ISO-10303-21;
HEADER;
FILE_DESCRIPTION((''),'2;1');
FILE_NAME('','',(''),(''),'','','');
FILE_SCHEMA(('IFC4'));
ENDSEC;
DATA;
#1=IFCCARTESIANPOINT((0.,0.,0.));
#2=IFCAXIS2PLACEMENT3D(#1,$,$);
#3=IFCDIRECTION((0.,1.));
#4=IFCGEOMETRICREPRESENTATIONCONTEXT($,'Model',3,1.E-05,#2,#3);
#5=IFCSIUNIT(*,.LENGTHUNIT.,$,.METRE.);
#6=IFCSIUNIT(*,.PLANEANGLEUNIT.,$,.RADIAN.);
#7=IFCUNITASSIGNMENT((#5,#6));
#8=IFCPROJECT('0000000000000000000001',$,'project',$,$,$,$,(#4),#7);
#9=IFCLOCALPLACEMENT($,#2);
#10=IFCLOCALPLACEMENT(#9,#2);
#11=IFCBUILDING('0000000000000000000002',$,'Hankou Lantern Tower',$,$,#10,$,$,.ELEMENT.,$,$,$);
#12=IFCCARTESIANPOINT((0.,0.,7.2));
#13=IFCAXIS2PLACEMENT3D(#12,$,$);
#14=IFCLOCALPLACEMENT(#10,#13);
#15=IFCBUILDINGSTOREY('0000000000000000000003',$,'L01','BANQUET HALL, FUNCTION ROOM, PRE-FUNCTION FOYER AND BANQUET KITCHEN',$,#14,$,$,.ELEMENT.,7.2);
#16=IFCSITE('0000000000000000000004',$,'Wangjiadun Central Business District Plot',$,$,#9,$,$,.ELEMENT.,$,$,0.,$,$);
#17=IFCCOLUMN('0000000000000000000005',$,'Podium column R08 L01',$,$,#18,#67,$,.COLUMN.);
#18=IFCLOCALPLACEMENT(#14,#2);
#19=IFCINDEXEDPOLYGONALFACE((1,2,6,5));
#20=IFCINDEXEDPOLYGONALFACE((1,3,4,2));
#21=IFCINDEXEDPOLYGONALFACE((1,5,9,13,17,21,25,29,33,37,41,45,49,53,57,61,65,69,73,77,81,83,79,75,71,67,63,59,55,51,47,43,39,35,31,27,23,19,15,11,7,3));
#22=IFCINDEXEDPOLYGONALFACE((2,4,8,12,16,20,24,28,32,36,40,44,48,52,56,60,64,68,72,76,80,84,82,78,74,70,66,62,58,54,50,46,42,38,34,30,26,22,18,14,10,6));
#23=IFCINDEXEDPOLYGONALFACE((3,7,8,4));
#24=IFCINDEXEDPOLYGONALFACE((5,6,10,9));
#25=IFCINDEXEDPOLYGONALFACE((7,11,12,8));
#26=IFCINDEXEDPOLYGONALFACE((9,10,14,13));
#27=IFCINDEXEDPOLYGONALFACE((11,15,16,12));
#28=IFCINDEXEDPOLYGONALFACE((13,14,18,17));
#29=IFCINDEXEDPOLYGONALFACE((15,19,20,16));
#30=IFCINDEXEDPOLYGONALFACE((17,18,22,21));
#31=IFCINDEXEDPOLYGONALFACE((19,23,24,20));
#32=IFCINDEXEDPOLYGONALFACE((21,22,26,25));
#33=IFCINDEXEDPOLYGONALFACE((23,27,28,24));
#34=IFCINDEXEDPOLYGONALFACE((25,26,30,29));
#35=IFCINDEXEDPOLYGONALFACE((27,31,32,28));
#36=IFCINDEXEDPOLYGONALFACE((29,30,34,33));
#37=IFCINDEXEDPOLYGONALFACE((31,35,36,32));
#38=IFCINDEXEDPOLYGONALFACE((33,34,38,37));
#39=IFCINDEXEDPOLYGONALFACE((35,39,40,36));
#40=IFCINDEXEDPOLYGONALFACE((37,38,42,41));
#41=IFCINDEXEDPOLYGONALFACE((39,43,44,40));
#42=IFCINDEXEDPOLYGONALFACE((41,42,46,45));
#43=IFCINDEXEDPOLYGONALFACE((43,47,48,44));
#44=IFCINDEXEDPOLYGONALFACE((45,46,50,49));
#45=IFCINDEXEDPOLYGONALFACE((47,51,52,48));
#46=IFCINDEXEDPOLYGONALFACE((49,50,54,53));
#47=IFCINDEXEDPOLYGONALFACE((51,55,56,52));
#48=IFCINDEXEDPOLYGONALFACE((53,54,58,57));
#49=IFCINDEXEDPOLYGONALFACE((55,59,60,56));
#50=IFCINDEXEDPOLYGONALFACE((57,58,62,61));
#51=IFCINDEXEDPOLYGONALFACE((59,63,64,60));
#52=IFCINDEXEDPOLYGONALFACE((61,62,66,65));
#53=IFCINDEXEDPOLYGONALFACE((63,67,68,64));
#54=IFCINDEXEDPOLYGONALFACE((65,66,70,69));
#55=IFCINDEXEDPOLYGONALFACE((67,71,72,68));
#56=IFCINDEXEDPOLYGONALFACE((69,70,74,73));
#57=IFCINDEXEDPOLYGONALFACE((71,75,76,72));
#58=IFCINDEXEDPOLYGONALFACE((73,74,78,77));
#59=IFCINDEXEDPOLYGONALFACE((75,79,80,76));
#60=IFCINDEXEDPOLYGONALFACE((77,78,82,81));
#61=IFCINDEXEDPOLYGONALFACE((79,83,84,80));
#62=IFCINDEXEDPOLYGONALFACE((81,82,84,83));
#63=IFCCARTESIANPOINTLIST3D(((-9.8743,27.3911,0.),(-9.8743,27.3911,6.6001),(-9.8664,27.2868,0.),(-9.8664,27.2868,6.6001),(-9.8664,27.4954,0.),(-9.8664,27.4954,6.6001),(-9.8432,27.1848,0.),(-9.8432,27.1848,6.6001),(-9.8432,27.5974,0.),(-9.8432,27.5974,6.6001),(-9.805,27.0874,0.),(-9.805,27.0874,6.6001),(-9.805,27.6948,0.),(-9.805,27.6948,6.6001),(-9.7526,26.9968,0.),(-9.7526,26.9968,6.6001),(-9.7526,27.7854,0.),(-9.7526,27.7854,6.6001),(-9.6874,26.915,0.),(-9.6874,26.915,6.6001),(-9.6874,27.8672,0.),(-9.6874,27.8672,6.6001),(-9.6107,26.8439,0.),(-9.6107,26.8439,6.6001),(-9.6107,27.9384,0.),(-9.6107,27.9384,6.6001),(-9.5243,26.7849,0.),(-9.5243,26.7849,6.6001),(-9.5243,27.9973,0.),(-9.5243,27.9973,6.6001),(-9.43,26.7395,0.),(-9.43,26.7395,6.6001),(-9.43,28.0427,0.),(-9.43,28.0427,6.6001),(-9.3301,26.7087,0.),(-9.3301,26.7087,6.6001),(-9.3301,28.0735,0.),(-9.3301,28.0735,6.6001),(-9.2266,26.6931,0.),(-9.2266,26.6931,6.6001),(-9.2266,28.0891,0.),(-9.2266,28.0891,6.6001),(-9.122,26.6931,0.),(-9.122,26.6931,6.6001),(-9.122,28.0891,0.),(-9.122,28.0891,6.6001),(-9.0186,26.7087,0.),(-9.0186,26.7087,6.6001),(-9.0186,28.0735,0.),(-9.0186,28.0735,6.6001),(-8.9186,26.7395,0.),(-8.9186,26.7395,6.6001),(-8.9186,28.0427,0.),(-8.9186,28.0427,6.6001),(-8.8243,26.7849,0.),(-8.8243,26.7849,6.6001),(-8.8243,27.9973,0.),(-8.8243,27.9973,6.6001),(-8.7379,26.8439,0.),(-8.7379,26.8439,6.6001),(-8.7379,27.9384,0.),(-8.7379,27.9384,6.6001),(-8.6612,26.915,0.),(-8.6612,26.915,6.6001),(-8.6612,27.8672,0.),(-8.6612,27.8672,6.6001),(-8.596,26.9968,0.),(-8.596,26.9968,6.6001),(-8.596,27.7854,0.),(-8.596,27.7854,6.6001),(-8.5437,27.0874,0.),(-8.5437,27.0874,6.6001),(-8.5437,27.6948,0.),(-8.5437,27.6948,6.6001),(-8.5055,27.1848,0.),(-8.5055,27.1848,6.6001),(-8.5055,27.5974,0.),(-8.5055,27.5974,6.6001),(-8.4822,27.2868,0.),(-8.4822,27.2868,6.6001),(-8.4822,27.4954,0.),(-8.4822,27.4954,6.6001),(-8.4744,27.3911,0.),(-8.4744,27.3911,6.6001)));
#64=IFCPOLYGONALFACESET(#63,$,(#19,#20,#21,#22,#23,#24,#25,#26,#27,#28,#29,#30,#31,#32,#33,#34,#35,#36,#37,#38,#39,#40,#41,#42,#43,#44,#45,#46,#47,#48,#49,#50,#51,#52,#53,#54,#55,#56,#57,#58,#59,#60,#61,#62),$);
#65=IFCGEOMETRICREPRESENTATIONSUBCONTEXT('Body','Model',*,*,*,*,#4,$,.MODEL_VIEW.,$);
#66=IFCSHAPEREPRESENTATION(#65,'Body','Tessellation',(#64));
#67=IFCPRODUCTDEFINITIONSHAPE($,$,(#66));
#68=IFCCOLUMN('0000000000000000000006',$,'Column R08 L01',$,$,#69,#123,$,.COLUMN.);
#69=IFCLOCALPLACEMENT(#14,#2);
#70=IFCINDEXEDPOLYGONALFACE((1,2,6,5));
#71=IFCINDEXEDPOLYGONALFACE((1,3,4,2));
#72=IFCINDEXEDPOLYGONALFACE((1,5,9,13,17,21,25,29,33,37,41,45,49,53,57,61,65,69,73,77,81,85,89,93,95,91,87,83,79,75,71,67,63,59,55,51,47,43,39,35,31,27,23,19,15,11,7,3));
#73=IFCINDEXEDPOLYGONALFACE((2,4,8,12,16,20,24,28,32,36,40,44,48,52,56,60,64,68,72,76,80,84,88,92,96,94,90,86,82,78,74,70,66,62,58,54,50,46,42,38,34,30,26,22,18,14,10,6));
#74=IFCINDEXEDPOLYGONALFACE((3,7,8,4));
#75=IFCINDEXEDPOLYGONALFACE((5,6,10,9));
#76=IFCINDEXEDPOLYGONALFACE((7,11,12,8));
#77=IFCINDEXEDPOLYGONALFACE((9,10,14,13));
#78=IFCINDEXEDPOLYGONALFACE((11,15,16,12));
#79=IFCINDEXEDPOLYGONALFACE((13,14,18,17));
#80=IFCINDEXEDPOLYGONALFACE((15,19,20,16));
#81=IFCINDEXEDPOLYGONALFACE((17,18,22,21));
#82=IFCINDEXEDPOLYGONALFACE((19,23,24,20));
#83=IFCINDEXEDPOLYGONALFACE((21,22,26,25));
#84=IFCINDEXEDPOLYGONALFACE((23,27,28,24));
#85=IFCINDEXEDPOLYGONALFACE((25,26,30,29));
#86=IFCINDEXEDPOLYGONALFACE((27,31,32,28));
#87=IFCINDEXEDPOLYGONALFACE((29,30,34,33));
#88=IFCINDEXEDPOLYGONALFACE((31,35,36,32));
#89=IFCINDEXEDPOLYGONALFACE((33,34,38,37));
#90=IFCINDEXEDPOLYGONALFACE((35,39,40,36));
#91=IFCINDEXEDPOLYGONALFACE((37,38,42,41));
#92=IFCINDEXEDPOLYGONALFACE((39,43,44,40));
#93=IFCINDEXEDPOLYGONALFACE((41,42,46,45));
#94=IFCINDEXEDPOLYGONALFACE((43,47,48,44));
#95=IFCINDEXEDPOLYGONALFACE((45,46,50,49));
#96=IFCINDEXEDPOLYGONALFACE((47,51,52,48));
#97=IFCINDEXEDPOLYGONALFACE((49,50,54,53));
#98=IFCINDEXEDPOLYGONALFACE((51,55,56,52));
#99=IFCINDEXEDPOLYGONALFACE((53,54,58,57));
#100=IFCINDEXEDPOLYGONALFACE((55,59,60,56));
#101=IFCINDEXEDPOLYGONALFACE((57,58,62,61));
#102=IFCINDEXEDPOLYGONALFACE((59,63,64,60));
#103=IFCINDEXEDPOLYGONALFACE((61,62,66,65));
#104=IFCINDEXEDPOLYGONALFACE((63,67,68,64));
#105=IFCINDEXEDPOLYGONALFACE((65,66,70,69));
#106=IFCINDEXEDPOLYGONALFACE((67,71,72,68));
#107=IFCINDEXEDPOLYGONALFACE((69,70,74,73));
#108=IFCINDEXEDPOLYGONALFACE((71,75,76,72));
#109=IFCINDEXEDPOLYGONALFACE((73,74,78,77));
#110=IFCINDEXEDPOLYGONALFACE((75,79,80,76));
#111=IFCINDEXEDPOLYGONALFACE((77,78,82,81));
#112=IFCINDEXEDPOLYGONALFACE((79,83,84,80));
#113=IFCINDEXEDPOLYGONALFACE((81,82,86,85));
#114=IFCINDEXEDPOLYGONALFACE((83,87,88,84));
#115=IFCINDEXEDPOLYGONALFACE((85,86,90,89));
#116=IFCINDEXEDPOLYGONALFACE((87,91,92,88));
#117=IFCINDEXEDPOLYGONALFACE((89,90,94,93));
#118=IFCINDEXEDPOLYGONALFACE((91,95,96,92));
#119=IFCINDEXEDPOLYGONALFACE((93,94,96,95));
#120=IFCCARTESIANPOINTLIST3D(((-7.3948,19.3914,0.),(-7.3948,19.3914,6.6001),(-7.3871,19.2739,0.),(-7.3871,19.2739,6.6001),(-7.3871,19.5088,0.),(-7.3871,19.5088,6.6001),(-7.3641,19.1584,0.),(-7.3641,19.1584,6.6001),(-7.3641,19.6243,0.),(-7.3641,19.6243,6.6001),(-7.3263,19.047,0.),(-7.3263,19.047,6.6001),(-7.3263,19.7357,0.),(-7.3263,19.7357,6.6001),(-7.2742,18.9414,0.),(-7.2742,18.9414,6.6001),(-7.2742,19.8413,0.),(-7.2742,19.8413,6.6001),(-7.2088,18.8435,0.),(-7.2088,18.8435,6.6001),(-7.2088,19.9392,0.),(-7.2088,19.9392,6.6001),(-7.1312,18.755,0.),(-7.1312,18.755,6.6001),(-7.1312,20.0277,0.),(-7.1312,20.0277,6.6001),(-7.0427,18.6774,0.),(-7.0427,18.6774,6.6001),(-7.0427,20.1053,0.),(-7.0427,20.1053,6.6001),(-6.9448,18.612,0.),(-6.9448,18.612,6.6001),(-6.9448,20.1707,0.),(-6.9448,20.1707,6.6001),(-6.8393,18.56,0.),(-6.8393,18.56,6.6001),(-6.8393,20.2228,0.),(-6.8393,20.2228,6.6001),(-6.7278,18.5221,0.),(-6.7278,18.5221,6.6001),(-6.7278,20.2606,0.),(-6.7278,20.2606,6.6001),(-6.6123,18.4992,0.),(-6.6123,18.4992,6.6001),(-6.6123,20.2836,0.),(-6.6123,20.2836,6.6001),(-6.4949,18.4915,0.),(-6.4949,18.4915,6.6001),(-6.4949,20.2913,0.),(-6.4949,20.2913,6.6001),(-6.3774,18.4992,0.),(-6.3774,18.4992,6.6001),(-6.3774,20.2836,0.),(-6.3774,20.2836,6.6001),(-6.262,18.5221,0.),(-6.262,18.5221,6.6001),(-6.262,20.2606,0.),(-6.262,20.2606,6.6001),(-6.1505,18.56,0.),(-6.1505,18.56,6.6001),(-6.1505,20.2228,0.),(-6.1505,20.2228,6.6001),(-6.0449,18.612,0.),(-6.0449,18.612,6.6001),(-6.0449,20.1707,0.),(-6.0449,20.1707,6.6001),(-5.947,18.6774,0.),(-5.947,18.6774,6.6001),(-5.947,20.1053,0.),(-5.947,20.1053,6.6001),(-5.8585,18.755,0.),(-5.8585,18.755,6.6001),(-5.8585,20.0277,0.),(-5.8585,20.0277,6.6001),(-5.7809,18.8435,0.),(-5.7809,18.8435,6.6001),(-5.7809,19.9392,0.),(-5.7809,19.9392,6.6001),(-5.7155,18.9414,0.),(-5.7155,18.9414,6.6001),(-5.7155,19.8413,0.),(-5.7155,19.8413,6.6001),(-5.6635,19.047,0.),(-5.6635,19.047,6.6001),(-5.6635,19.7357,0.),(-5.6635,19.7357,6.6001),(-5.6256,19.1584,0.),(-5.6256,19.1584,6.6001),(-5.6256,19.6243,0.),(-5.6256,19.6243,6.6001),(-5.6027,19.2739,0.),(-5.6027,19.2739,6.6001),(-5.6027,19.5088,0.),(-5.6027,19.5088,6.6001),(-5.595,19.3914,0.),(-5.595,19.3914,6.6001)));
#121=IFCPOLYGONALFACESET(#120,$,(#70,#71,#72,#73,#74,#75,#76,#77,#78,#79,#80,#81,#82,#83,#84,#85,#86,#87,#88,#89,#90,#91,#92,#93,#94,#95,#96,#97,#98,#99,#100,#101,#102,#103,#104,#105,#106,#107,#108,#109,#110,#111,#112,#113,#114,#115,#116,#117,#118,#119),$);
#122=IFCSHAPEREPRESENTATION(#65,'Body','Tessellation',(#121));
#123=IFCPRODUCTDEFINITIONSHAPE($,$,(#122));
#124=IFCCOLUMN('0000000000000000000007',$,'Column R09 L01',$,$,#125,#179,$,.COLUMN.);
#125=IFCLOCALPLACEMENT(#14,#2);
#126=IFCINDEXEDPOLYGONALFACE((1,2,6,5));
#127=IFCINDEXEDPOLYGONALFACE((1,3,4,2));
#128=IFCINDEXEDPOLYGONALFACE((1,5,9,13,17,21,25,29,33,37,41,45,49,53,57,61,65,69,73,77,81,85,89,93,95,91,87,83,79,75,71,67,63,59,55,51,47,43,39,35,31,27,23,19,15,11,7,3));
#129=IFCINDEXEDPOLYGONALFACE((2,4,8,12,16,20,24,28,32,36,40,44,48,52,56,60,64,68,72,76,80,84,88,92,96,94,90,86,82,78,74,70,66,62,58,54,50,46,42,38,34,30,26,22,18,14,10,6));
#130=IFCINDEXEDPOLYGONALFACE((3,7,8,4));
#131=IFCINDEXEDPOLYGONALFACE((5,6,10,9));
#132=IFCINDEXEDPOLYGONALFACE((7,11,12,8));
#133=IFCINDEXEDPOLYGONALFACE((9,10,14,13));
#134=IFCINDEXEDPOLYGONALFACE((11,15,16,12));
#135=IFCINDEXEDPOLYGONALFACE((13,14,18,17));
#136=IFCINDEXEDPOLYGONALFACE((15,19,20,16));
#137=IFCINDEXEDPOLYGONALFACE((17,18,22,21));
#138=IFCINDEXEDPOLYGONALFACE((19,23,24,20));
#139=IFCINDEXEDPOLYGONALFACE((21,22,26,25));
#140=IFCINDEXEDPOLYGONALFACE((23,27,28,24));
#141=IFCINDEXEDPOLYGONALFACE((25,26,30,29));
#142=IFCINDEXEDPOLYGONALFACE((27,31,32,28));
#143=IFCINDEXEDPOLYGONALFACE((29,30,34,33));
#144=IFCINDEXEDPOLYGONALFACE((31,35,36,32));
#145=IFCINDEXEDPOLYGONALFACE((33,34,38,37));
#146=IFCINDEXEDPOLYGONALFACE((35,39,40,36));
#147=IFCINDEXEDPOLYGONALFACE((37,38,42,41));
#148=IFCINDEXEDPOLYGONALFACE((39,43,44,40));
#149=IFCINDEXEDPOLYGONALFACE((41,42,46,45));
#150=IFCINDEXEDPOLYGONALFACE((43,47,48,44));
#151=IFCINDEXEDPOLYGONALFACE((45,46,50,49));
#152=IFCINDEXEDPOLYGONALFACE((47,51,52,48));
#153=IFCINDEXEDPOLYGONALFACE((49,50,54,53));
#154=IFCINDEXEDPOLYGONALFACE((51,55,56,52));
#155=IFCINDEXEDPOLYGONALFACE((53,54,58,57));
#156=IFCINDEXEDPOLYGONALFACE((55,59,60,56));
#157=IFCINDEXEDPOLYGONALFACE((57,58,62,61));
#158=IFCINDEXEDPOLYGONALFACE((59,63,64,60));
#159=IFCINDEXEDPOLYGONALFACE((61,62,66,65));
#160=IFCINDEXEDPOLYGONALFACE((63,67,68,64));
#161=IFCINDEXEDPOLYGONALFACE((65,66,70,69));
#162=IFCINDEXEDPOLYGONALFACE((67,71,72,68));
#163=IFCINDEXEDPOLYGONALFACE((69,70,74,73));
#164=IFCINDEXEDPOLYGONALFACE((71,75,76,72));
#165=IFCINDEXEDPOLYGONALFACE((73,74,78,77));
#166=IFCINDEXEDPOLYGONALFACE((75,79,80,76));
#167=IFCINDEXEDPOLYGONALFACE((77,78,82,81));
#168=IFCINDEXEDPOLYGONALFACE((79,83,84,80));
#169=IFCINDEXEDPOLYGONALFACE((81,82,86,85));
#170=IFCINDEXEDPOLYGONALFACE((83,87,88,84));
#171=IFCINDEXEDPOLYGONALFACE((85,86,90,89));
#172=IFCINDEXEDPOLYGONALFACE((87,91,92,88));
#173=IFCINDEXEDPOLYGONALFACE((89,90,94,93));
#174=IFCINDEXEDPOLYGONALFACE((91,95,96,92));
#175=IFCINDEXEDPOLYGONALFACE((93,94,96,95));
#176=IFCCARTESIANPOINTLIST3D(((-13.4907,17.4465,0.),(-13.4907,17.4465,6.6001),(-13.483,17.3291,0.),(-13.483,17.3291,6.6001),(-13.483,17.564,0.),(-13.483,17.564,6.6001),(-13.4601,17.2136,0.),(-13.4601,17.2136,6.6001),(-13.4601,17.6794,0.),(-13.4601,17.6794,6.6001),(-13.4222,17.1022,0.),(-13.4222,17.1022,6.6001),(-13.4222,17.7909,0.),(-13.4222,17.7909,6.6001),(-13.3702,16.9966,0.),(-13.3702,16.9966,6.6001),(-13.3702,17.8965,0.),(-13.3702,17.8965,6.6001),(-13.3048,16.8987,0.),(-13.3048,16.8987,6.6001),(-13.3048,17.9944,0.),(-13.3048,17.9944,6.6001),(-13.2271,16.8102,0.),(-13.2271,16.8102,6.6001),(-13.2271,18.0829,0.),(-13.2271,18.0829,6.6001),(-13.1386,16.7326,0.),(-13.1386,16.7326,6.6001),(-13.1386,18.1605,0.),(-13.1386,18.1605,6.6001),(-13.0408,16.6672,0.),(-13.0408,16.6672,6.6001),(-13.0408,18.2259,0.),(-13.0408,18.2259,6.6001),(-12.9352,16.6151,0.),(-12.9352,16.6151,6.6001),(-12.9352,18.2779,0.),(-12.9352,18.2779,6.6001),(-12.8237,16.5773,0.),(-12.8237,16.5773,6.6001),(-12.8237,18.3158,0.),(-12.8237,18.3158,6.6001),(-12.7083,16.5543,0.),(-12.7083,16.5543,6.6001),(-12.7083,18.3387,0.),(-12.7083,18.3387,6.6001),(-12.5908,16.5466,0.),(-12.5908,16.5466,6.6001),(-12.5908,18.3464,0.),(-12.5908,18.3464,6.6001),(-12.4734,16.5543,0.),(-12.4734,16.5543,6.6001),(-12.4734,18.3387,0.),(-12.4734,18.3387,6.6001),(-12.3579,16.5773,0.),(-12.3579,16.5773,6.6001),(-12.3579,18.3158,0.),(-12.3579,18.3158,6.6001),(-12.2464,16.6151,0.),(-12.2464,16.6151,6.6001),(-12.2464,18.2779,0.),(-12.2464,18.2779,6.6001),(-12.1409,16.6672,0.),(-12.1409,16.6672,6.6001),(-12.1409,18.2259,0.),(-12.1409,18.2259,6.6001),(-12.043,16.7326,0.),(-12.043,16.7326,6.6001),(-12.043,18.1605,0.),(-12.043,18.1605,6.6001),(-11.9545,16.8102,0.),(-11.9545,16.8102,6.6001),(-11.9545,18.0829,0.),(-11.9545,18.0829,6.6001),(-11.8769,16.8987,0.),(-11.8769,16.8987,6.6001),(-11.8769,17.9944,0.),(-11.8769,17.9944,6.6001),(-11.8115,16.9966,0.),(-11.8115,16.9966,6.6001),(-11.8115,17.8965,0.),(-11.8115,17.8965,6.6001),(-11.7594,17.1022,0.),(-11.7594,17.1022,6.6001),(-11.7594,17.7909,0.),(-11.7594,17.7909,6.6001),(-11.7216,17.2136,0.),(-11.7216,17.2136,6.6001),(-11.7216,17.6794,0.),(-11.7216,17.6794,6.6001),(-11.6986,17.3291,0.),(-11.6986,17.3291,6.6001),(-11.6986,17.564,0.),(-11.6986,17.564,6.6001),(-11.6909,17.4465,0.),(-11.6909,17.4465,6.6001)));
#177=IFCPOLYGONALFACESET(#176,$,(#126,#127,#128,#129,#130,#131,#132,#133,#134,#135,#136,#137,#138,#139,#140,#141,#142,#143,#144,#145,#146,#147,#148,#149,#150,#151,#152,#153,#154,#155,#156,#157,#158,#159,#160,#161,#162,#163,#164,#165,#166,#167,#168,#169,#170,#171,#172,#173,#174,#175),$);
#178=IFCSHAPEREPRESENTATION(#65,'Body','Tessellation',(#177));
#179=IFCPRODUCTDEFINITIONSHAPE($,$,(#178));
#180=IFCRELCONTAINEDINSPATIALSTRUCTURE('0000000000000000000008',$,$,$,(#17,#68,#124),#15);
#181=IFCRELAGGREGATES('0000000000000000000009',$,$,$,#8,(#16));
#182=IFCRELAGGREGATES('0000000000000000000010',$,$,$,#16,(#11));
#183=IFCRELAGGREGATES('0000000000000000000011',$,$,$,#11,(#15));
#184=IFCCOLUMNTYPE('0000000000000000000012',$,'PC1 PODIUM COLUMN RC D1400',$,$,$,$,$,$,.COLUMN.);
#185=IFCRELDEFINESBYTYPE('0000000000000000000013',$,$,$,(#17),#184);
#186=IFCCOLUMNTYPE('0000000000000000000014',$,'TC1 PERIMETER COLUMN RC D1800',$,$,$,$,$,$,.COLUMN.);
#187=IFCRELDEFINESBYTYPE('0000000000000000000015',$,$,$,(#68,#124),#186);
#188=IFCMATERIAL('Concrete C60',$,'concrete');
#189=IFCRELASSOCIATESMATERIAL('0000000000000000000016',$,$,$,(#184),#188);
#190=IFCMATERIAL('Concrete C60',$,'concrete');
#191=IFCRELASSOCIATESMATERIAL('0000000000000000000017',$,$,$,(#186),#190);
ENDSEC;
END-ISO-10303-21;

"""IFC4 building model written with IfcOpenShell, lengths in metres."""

from ifc_helpers import new_model, si_unit, direction, frame, origin, origin_2d, place, context, subcontext, project, spatial, circle, extrude, material, material_profile, profile_set, type_object, element, save


model = new_model("IFC4")

# Units and contexts
model_context = context("Model", 3, precision=1e-05, world=origin(), true_north=direction((0.0, 1.0)))
body_context = subcontext(model_context, "Body", "Model", "MODEL_VIEW")
ifc_project = project(units=[si_unit("LENGTHUNIT", "METRE"), si_unit("PLANEANGLEUNIT", "RADIAN")], contexts=[model_context])

# Site, building, storey
site_placement = place(None, origin())
site = spatial("IfcSite", under=ifc_project, at=site_placement, Name="Wangjiadun Central Business District Plot", CompositionType="ELEMENT", RefElevation=0.0)
building_placement = place(site_placement, origin())
building = spatial("IfcBuilding", under=site, at=building_placement, Name="Hankou Lantern Tower", CompositionType="ELEMENT")
storey_placement = place(building_placement, frame((0.0, 0.0, 7.2)))
storey = spatial("IfcBuildingStorey", under=building, at=storey_placement, Name="L01", Description="BANQUET HALL, FUNCTION ROOM, PRE-FUNCTION FOYER AND BANQUET KITCHEN", CompositionType="ELEMENT", Elevation=7.2)

# Columns
ifc_material_1 = material(Name="Concrete C60", Category="concrete")
ifc_material_profile_1 = material_profile(ifc_material_1, circle(Radius=0.7, at=origin_2d()), Name="RC D1400")
ifc_profile_set_1 = profile_set([ifc_material_profile_1], Name="Concrete C60")
column_type_1 = type_object("IfcColumnType", Name="PC1 PODIUM COLUMN RC D1400", PredefinedType="COLUMN", material=ifc_profile_set_1)
column_placement = place(storey_placement, frame((-9.1743, 27.3911, 0.0), z_axis=(0.0, 0.0, 1.0), x_axis=(1.0, 0.0, 0.0)))
element("IfcColumn", 1, at=column_placement, inside=storey, type_object=column_type_1, Name="Podium column R08 L01", PredefinedType="COLUMN", context=body_context, shape_type="SweptSolid", body=[
    extrude(circle(Radius=0.7, at=origin_2d()), origin(), (0.0, 0.0, 1.0), 6.6001),
])
ifc_material_2 = material(Name="Concrete C60", Category="concrete")
ifc_material_profile_2 = material_profile(ifc_material_2, circle(Radius=0.8999, at=origin_2d()), Name="RC D1800")
ifc_profile_set_2 = profile_set([ifc_material_profile_2], Name="Concrete C60")
column_type_2 = type_object("IfcColumnType", Name="TC1 PERIMETER COLUMN RC D1800", PredefinedType="COLUMN", material=ifc_profile_set_2)
for number, where, z_axis, x_axis, name in (
    (2, (-6.4949, 19.3914, 0.0), (0.0, 0.0, 1.0), (1.0, 0.0, 0.0), "Column R08 L01"),
    (3, (-12.5908, 17.4465, 0.0), (0.0, 0.0, 1.0), (1.0, 0.0, 0.0), "Column R09 L01"),
):
    element("IfcColumn", number, at=place(storey_placement, frame(where, z_axis=z_axis, x_axis=x_axis)), inside=storey, type_object=column_type_2, Name=name, PredefinedType="COLUMN", context=body_context, shape_type="SweptSolid", body=[
        extrude(circle(Radius=0.8999, at=origin_2d()), origin(), (0.0, 0.0, 1.0), 6.6001),
    ])

save(model, "model.ifc")
